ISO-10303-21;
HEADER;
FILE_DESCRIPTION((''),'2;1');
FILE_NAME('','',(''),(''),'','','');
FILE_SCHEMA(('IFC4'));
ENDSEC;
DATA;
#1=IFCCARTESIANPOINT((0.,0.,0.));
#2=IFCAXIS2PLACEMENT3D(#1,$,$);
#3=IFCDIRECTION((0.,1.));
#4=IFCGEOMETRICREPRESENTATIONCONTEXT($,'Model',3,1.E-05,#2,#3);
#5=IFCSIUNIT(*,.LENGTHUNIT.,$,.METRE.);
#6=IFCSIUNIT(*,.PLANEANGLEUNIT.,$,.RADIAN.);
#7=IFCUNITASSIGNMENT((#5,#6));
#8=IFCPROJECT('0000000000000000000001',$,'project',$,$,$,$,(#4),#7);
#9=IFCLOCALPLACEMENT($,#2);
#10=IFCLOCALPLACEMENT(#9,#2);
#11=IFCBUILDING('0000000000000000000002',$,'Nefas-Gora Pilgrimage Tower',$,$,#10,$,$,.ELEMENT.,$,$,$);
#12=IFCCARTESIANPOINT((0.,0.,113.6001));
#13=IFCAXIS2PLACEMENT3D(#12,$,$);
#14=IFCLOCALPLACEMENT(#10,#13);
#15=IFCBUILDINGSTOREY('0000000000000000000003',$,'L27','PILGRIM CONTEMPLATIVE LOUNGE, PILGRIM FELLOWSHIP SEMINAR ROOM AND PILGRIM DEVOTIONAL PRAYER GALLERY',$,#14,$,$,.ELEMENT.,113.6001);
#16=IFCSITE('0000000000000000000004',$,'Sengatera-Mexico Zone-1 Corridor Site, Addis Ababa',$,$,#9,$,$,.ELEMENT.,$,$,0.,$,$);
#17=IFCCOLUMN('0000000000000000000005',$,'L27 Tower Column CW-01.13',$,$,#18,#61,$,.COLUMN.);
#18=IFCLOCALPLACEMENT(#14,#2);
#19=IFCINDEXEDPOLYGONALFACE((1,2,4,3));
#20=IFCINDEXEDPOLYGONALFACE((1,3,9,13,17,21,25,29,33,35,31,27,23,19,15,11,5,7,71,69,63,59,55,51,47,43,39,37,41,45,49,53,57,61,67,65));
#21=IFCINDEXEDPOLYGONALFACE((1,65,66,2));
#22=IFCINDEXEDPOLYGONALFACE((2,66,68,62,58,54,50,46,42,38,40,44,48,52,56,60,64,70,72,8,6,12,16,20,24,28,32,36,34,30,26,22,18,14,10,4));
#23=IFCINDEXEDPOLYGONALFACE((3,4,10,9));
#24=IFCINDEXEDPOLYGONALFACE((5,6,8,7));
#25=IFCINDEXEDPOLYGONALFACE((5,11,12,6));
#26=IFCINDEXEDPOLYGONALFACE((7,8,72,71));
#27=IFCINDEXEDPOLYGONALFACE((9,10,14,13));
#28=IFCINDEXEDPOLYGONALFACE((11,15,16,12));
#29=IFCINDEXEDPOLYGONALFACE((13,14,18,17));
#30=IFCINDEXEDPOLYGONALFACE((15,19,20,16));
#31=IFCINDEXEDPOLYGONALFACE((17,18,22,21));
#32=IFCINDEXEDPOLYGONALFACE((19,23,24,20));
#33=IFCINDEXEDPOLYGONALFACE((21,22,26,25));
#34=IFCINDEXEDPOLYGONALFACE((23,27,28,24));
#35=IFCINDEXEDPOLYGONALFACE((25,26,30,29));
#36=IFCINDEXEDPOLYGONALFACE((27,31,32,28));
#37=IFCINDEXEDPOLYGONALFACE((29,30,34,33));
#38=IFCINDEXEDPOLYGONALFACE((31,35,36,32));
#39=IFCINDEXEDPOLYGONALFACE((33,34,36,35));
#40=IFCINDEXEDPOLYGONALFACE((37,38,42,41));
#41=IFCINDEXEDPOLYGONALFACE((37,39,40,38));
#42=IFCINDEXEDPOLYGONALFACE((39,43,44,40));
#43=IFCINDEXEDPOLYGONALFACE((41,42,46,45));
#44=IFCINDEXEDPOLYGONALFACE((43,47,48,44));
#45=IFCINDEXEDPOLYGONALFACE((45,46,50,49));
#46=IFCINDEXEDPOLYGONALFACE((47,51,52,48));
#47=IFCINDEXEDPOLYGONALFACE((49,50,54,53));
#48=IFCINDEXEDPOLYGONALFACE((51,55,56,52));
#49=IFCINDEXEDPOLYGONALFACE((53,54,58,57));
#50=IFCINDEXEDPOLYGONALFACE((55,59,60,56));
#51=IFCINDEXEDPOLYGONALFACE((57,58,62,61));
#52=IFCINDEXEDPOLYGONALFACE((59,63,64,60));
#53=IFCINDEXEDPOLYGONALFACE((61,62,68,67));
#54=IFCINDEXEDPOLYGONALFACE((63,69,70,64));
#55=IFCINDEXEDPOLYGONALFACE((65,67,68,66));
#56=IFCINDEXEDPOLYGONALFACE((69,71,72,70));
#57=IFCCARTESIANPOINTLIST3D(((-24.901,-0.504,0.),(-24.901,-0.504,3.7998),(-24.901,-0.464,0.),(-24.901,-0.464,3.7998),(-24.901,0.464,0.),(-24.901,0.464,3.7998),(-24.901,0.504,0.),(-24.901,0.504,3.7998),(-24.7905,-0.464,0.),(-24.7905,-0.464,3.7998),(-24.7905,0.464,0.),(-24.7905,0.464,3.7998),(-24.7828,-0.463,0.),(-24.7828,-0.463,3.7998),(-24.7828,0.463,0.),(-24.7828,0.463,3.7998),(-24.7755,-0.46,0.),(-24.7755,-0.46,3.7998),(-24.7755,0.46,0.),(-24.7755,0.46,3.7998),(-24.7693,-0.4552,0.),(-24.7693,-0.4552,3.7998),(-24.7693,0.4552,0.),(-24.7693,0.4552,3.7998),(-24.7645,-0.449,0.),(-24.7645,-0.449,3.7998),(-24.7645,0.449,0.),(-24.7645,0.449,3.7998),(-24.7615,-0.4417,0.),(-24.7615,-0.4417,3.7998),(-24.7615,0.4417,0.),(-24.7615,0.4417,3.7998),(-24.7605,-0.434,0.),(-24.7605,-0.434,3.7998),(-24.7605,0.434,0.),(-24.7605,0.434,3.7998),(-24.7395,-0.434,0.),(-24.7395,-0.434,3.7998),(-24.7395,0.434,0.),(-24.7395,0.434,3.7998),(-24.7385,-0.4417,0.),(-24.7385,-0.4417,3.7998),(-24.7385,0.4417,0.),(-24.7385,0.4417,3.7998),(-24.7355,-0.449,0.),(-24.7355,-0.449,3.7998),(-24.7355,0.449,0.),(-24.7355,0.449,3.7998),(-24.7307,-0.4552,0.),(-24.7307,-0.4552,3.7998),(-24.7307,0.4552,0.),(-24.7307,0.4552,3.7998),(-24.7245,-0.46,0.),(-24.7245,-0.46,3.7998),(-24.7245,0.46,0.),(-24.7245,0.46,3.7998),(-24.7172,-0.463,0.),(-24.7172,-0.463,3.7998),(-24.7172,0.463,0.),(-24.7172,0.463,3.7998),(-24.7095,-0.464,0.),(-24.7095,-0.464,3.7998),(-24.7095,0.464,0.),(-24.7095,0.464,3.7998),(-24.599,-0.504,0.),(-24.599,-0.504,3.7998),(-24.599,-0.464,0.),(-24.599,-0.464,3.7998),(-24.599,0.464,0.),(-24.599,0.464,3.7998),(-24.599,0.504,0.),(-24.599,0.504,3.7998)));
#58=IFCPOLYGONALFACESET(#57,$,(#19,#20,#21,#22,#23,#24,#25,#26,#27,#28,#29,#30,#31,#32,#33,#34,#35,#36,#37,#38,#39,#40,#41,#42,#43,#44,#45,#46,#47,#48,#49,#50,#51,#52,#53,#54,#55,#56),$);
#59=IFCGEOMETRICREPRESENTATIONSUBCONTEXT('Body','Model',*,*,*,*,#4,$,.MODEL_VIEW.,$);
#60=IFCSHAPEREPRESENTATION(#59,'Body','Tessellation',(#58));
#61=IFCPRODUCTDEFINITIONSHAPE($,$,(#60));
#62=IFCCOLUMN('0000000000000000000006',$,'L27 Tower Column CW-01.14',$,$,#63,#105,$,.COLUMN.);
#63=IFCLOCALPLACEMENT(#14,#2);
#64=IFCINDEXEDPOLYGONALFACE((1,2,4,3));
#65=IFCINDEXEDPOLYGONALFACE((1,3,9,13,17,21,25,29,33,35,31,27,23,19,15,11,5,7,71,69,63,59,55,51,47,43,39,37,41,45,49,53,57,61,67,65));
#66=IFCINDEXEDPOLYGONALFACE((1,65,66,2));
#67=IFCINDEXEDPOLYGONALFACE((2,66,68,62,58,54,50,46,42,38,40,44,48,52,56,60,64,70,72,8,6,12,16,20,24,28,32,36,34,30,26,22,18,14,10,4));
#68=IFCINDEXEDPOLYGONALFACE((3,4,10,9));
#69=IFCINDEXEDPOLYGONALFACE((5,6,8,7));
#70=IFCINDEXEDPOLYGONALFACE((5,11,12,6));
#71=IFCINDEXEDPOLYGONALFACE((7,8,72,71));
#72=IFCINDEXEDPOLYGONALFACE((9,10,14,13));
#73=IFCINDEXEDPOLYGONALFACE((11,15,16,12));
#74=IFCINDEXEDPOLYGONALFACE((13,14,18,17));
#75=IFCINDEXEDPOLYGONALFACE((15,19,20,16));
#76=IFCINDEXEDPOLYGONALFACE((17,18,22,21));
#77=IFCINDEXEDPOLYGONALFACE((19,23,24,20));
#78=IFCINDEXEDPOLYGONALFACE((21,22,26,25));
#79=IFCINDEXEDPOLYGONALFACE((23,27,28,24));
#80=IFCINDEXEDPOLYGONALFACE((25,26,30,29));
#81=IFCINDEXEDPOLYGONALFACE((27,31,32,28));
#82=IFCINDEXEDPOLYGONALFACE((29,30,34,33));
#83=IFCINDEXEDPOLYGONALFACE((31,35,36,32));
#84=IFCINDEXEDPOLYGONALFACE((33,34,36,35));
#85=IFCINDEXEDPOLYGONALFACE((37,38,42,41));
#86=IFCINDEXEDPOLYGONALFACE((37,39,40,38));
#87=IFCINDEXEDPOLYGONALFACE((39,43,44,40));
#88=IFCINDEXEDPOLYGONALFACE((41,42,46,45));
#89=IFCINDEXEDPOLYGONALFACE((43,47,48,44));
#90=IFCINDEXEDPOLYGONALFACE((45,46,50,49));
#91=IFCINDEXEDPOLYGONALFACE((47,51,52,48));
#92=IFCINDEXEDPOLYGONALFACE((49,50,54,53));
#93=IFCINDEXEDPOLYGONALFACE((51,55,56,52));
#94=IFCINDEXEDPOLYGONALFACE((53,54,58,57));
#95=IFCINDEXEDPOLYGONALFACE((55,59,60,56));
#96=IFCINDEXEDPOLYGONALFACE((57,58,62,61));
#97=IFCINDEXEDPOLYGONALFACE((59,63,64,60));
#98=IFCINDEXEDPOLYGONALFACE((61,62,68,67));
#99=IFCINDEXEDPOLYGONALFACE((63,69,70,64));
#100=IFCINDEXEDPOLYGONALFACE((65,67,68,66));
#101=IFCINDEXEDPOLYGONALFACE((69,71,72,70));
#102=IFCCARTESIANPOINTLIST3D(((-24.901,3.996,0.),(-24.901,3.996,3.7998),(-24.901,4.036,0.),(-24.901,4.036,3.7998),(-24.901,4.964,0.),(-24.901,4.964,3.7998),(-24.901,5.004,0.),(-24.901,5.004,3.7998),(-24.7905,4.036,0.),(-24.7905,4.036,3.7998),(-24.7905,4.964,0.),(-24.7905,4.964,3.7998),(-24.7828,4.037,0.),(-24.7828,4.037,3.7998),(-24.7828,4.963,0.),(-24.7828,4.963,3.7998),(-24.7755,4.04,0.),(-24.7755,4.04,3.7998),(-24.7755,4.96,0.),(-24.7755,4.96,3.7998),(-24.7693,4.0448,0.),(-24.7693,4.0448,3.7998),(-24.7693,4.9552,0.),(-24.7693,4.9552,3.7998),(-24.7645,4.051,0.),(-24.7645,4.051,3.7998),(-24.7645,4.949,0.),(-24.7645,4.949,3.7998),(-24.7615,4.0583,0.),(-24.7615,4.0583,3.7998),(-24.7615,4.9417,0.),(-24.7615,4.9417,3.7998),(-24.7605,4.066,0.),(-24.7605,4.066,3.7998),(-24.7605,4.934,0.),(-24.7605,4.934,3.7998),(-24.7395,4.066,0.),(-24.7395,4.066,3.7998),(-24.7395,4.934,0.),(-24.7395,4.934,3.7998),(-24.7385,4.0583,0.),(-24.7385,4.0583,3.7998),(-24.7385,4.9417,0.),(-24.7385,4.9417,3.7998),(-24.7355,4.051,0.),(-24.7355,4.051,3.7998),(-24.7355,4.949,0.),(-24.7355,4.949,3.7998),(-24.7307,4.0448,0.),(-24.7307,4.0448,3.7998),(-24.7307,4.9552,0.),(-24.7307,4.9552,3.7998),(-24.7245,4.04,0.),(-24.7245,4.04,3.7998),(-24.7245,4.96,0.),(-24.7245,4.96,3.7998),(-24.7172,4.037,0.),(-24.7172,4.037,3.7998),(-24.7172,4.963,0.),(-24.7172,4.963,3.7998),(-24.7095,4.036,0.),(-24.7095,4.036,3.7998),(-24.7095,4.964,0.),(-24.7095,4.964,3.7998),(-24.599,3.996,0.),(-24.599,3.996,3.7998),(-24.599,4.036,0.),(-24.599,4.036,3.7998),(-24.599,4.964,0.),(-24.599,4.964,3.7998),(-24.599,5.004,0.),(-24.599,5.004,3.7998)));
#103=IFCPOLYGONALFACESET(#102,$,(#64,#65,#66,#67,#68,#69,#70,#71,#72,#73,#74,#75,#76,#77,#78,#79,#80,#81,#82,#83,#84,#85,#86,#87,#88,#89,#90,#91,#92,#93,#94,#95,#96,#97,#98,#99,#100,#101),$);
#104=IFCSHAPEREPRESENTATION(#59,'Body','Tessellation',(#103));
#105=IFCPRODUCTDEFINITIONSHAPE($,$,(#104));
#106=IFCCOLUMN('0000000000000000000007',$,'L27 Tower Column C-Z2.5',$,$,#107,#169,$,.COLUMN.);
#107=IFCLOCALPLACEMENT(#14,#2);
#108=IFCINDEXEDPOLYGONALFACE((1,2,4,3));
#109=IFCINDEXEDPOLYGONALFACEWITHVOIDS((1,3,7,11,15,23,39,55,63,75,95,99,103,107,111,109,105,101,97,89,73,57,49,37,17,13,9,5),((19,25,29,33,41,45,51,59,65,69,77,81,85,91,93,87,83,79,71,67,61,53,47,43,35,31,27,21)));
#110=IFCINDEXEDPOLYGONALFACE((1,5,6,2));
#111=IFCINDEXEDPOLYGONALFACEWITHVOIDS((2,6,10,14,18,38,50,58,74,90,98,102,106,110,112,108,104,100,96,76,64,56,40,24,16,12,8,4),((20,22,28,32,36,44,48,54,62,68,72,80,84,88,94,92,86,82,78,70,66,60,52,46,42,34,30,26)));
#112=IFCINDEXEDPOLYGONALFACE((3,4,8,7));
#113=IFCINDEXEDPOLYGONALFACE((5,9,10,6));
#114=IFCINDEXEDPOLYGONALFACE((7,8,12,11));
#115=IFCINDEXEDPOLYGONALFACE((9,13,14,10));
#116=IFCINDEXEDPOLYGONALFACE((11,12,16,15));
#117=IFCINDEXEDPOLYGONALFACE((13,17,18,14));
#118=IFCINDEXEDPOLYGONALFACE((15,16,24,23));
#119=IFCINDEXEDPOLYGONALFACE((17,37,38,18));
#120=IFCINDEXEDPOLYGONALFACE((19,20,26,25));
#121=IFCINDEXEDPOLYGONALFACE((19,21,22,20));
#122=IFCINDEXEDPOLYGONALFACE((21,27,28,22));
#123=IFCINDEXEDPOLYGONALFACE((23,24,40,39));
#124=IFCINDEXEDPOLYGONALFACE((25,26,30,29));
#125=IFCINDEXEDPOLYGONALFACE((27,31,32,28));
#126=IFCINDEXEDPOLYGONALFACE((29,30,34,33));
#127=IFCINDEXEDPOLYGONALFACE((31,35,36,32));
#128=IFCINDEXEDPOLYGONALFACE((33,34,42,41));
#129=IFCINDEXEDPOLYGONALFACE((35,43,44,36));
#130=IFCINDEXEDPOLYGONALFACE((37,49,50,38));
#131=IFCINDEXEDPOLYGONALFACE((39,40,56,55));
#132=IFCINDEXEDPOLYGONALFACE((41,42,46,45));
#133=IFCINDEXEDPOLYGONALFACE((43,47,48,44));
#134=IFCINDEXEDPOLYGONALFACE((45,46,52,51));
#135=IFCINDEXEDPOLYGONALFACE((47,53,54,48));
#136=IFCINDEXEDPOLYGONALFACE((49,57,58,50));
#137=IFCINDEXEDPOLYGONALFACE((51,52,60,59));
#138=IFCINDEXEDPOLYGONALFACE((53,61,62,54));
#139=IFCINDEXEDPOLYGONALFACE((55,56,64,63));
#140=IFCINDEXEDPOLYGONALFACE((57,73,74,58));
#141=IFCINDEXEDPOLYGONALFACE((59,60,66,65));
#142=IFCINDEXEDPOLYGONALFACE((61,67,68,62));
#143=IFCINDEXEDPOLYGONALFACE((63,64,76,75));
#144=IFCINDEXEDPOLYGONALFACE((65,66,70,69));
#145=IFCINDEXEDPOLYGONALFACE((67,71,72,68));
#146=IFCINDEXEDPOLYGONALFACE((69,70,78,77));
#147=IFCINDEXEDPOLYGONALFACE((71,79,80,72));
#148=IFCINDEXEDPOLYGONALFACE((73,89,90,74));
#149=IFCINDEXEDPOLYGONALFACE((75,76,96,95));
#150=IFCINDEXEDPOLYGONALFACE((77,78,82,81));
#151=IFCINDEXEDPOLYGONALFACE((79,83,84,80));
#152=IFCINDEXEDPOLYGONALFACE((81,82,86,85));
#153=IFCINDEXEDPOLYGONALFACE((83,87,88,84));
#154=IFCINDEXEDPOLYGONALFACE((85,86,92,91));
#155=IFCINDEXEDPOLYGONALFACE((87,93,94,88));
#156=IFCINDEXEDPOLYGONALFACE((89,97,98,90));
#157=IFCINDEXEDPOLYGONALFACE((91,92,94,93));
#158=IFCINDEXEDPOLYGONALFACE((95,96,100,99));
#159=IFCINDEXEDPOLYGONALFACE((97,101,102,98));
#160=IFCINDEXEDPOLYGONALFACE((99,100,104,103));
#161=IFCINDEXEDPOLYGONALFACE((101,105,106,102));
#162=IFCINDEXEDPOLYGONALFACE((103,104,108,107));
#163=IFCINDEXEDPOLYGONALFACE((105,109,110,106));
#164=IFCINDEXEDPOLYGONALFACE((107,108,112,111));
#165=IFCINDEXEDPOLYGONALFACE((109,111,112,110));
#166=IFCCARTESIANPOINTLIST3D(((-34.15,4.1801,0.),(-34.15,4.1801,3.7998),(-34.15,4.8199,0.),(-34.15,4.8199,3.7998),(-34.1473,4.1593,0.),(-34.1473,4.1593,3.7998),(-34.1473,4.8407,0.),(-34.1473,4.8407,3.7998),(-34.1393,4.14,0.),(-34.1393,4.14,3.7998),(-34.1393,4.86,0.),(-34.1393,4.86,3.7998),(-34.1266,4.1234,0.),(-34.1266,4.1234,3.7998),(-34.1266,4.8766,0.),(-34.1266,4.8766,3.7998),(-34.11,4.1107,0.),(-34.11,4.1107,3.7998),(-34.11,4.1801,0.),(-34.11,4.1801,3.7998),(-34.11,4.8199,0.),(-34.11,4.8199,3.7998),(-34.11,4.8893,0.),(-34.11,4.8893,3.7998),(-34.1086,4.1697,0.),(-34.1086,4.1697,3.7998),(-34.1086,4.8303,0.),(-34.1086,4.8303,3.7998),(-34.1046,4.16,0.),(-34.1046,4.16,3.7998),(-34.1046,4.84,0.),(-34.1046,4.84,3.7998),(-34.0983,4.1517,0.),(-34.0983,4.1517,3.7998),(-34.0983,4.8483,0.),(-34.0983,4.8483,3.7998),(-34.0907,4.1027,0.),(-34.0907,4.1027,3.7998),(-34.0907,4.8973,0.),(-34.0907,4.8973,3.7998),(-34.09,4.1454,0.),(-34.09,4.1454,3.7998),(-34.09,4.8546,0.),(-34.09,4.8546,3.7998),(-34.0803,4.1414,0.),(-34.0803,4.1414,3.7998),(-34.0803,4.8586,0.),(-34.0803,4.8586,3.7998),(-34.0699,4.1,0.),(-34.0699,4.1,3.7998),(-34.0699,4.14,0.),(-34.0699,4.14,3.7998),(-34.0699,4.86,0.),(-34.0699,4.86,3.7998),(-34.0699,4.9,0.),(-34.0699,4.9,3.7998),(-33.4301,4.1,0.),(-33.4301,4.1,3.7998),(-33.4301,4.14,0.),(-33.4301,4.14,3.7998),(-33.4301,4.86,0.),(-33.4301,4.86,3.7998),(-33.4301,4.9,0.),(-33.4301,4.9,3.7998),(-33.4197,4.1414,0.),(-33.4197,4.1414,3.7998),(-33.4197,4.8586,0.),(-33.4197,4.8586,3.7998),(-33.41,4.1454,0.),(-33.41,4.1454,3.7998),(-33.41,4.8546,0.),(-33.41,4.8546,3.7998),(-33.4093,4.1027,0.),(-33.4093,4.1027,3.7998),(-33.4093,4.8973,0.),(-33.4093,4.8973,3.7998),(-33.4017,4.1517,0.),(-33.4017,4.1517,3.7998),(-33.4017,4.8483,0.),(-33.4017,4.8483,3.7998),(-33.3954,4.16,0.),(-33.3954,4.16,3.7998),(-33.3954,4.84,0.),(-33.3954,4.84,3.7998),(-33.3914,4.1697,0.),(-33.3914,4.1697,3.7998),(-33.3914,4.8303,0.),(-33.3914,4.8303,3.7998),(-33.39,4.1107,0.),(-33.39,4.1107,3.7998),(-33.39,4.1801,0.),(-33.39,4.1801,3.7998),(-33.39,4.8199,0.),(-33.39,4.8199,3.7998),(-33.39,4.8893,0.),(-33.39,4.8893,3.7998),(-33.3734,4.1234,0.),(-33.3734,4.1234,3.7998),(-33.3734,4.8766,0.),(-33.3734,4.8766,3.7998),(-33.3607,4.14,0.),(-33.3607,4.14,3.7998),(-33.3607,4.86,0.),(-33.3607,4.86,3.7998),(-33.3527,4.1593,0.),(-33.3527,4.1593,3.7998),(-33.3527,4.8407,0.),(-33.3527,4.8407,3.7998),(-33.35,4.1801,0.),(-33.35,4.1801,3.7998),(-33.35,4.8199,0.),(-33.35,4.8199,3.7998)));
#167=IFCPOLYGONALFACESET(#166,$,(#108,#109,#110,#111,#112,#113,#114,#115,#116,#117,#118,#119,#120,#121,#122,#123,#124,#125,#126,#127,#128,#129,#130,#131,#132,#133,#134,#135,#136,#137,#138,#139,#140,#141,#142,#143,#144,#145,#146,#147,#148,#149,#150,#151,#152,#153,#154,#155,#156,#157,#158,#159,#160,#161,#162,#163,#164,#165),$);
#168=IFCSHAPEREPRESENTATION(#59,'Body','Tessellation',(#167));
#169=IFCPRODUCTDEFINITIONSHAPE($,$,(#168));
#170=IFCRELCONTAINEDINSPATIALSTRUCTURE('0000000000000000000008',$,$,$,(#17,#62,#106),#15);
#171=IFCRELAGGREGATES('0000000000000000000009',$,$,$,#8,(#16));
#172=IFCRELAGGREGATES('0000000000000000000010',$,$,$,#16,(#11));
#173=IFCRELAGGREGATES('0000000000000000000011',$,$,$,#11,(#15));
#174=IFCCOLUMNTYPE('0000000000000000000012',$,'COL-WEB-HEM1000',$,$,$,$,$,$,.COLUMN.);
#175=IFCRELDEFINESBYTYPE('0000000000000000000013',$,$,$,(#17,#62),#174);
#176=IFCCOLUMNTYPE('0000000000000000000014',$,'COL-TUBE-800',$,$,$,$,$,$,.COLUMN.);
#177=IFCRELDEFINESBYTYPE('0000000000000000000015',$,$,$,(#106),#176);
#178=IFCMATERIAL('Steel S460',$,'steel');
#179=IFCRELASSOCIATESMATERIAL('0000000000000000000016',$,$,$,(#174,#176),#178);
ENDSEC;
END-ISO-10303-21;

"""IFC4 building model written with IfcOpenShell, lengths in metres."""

from ifc_helpers import new_model, si_unit, direction, frame, origin, origin_2d, place, context, subcontext, project, spatial, hollow_rectangle, i_section, extrude, source, transform, mapped, material, material_profile, profile_set, type_object, element, save


model = new_model("IFC4")

# Units and contexts
model_context = context("Model", 3, precision=1e-05, world=origin(), true_north=direction((0.0, 1.0)))
body_context = subcontext(model_context, "Body", "Model", "MODEL_VIEW")
ifc_project = project(units=[si_unit("LENGTHUNIT", "METRE"), si_unit("PLANEANGLEUNIT", "RADIAN")], contexts=[model_context])

# Site, building, storey
site_placement = place(None, origin())
site = spatial("IfcSite", under=ifc_project, at=site_placement, Name="Sengatera-Mexico Zone-1 Corridor Site, Addis Ababa", CompositionType="ELEMENT", RefElevation=0.0)
building_placement = place(site_placement, origin())
building = spatial("IfcBuilding", under=site, at=building_placement, Name="Nefas-Gora Pilgrimage Tower", CompositionType="ELEMENT")
storey_placement = place(building_placement, frame((0.0, 0.0, 113.6001)))
storey = spatial("IfcBuildingStorey", under=building, at=storey_placement, Name="L27", Description="PILGRIM CONTEMPLATIVE LOUNGE, PILGRIM FELLOWSHIP SEMINAR ROOM AND PILGRIM DEVOTIONAL PRAYER GALLERY", CompositionType="ELEMENT", Elevation=113.6001)

# Columns
ifc_material_1 = material(Name="Steel S460", Category="steel")
ifc_material_profile_1 = material_profile(ifc_material_1, i_section(OverallWidth=0.302, OverallDepth=1.0081, WebThickness=0.021, FlangeThickness=0.04, FilletRadius=0.03, at=origin_2d()), Name="HEM 1000")
ifc_profile_set_1 = profile_set([ifc_material_profile_1], Name="Steel S460")
column_type_1 = type_object("IfcColumnType", Name="COL-WEB-HEM1000", PredefinedType="COLUMN", material=ifc_profile_set_1)
shared_shape_1 = source(origin(), body_context, "Body", "SweptSolid", [
    extrude(i_section(OverallWidth=0.302, OverallDepth=1.0081, WebThickness=0.021, FlangeThickness=0.04, FilletRadius=0.03, at=origin_2d()), origin(), (0.0, 0.0, 1.0), 3.7998),
])
for number, where, z_axis, x_axis, name in (
    (1, (-24.75, 0.0, 0.0), (0.0, 0.0, 1.0), (1.0, 0.0, 0.0), "L27 Tower Column CW-01.13"),
    (2, (-24.75, 4.5, 0.0), (0.0, 0.0, 1.0), (1.0, 0.0, 0.0), "L27 Tower Column CW-01.14"),
):
    element("IfcColumn", number, at=place(storey_placement, frame(where, z_axis=z_axis, x_axis=x_axis)), inside=storey, type_object=column_type_1, Name=name, PredefinedType="COLUMN", context=body_context, shape_type="MappedRepresentation", body=[
        mapped(shared_shape_1, transform((0.0, 0.0, 0.0), x_axis=(1.0, 0.0, 0.0), y_axis=(0.0, 1.0, 0.0), z_axis=(0.0, 0.0, 1.0), scale=1.0)),
    ])
ifc_material_profile_2 = material_profile(ifc_material_1, hollow_rectangle(XDim=0.8, YDim=0.8, WallThickness=0.04, InnerFilletRadius=0.04, OuterFilletRadius=0.0801, at=origin_2d()), Name="BOX 800x800x40")
ifc_profile_set_2 = profile_set([ifc_material_profile_2], Name="Steel S460")
column_type_2 = type_object("IfcColumnType", Name="COL-TUBE-800", PredefinedType="COLUMN", material=ifc_profile_set_2)
shared_shape_2 = source(origin(), body_context, "Body", "SweptSolid", [
    extrude(hollow_rectangle(XDim=0.8, YDim=0.8, WallThickness=0.04, InnerFilletRadius=0.04, OuterFilletRadius=0.0801, at=origin_2d()), origin(), (0.0, 0.0, 1.0), 3.7998),
])
for number, where, z_axis, x_axis, name in (
    (3, (-33.75, 4.5, 0.0), (0.0, 0.0, 1.0), (1.0, 0.0, 0.0), "L27 Tower Column C-Z2.5"),
):
    element("IfcColumn", number, at=place(storey_placement, frame(where, z_axis=z_axis, x_axis=x_axis)), inside=storey, type_object=column_type_2, Name=name, PredefinedType="COLUMN", context=body_context, shape_type="MappedRepresentation", body=[
        mapped(shared_shape_2, transform((0.0, 0.0, 0.0), x_axis=(1.0, 0.0, 0.0), y_axis=(0.0, 1.0, 0.0), z_axis=(0.0, 0.0, 1.0), scale=1.0)),
    ])

save(model, "model.ifc")
